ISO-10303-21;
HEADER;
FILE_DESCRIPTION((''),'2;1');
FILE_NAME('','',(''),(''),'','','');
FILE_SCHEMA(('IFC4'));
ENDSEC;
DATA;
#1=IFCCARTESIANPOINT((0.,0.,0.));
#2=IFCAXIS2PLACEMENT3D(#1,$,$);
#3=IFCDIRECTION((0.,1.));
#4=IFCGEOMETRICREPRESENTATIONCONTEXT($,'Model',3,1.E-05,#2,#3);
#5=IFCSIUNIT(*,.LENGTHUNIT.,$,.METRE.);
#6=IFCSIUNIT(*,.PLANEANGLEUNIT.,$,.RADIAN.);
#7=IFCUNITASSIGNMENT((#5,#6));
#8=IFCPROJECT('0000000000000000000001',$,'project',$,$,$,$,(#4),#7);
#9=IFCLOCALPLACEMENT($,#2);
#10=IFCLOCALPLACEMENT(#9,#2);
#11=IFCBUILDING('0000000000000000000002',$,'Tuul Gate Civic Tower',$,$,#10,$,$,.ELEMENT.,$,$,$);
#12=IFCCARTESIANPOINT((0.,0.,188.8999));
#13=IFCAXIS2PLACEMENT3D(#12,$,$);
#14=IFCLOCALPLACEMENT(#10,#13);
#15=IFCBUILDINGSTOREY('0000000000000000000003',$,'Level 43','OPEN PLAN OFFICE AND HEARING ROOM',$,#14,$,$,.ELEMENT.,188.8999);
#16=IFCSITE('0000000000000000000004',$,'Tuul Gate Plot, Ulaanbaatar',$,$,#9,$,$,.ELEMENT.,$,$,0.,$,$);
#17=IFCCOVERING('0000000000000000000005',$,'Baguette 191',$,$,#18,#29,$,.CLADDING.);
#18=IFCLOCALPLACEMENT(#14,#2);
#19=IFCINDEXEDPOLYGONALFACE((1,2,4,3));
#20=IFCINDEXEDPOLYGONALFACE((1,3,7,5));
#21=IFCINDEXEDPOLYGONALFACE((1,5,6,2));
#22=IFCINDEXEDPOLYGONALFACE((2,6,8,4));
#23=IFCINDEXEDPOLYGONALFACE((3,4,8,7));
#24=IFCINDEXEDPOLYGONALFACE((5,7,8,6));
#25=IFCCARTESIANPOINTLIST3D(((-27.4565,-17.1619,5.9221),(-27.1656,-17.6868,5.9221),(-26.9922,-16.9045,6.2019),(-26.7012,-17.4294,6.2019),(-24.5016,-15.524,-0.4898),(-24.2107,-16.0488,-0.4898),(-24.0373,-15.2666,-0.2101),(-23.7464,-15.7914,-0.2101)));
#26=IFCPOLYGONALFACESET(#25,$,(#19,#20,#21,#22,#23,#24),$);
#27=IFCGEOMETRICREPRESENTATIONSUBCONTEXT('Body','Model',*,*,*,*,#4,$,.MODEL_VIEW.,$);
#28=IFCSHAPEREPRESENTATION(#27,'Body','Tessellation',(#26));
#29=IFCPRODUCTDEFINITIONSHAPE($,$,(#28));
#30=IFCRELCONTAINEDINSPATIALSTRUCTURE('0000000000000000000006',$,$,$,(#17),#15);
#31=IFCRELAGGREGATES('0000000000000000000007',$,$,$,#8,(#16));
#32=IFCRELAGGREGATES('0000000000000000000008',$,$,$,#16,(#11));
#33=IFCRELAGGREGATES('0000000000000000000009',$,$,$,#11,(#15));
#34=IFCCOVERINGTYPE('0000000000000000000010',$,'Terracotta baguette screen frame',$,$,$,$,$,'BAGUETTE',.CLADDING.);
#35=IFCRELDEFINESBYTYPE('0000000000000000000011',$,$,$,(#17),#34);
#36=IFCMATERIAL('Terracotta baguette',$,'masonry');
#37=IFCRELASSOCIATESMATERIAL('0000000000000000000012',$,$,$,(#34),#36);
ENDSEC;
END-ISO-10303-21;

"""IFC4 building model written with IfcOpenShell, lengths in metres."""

from ifc_helpers import new_model, si_unit, direction, frame, origin, origin_2d, place, context, subcontext, project, spatial, rectangle, extrude, material, material_profile, profile_set, type_object, element, save


model = new_model("IFC4")

# Units and contexts
model_context = context("Model", 3, precision=1e-05, world=origin(), true_north=direction((0.0, 1.0)))
body_context = subcontext(model_context, "Body", "Model", "MODEL_VIEW")
ifc_project = project(units=[si_unit("LENGTHUNIT", "METRE"), si_unit("PLANEANGLEUNIT", "RADIAN")], contexts=[model_context])

# Site, building, storey
site_placement = place(None, origin())
site = spatial("IfcSite", under=ifc_project, at=site_placement, Name="Tuul Gate Plot, Ulaanbaatar", CompositionType="ELEMENT", RefElevation=0.0)
building_placement = place(site_placement, origin())
building = spatial("IfcBuilding", under=site, at=building_placement, Name="Tuul Gate Civic Tower", CompositionType="ELEMENT")
storey_placement = place(building_placement, frame((0.0, 0.0, 188.8999)))
storey = spatial("IfcBuildingStorey", under=building, at=storey_placement, Name="Level 43", Description="OPEN PLAN OFFICE AND HEARING ROOM", CompositionType="ELEMENT", Elevation=188.8999)

# Covering
ifc_material_1 = material(Name="Terracotta baguette", Category="masonry")
ifc_material_profile_1 = material_profile(ifc_material_1, rectangle(XDim=0.6001, YDim=0.6001, at=origin_2d()), Name="Terracotta baguette screen frame")
ifc_profile_set_1 = profile_set([ifc_material_profile_1], Name="Terracotta baguette")
covering_type = type_object("IfcCoveringType", Name="Terracotta baguette screen frame", ElementType="BAGUETTE", PredefinedType="CLADDING", material=ifc_profile_set_1)
covering_placement = place(storey_placement, frame((-27.0789, -17.2957, 6.062), z_axis=(0.407705, 0.226001, -0.884703), x_axis=(-0.484821, 0.874614, 0.0)))
element("IfcCovering", 1, at=covering_placement, inside=storey, type_object=covering_type, Name="Baguette 191", PredefinedType="CLADDING", context=body_context, shape_type="SweptSolid", body=[
    extrude(rectangle(XDim=0.6001, YDim=0.6001, at=origin_2d()), origin(), (0.0, 0.0, 1.0), 7.2476),
])

save(model, "model.ifc")
